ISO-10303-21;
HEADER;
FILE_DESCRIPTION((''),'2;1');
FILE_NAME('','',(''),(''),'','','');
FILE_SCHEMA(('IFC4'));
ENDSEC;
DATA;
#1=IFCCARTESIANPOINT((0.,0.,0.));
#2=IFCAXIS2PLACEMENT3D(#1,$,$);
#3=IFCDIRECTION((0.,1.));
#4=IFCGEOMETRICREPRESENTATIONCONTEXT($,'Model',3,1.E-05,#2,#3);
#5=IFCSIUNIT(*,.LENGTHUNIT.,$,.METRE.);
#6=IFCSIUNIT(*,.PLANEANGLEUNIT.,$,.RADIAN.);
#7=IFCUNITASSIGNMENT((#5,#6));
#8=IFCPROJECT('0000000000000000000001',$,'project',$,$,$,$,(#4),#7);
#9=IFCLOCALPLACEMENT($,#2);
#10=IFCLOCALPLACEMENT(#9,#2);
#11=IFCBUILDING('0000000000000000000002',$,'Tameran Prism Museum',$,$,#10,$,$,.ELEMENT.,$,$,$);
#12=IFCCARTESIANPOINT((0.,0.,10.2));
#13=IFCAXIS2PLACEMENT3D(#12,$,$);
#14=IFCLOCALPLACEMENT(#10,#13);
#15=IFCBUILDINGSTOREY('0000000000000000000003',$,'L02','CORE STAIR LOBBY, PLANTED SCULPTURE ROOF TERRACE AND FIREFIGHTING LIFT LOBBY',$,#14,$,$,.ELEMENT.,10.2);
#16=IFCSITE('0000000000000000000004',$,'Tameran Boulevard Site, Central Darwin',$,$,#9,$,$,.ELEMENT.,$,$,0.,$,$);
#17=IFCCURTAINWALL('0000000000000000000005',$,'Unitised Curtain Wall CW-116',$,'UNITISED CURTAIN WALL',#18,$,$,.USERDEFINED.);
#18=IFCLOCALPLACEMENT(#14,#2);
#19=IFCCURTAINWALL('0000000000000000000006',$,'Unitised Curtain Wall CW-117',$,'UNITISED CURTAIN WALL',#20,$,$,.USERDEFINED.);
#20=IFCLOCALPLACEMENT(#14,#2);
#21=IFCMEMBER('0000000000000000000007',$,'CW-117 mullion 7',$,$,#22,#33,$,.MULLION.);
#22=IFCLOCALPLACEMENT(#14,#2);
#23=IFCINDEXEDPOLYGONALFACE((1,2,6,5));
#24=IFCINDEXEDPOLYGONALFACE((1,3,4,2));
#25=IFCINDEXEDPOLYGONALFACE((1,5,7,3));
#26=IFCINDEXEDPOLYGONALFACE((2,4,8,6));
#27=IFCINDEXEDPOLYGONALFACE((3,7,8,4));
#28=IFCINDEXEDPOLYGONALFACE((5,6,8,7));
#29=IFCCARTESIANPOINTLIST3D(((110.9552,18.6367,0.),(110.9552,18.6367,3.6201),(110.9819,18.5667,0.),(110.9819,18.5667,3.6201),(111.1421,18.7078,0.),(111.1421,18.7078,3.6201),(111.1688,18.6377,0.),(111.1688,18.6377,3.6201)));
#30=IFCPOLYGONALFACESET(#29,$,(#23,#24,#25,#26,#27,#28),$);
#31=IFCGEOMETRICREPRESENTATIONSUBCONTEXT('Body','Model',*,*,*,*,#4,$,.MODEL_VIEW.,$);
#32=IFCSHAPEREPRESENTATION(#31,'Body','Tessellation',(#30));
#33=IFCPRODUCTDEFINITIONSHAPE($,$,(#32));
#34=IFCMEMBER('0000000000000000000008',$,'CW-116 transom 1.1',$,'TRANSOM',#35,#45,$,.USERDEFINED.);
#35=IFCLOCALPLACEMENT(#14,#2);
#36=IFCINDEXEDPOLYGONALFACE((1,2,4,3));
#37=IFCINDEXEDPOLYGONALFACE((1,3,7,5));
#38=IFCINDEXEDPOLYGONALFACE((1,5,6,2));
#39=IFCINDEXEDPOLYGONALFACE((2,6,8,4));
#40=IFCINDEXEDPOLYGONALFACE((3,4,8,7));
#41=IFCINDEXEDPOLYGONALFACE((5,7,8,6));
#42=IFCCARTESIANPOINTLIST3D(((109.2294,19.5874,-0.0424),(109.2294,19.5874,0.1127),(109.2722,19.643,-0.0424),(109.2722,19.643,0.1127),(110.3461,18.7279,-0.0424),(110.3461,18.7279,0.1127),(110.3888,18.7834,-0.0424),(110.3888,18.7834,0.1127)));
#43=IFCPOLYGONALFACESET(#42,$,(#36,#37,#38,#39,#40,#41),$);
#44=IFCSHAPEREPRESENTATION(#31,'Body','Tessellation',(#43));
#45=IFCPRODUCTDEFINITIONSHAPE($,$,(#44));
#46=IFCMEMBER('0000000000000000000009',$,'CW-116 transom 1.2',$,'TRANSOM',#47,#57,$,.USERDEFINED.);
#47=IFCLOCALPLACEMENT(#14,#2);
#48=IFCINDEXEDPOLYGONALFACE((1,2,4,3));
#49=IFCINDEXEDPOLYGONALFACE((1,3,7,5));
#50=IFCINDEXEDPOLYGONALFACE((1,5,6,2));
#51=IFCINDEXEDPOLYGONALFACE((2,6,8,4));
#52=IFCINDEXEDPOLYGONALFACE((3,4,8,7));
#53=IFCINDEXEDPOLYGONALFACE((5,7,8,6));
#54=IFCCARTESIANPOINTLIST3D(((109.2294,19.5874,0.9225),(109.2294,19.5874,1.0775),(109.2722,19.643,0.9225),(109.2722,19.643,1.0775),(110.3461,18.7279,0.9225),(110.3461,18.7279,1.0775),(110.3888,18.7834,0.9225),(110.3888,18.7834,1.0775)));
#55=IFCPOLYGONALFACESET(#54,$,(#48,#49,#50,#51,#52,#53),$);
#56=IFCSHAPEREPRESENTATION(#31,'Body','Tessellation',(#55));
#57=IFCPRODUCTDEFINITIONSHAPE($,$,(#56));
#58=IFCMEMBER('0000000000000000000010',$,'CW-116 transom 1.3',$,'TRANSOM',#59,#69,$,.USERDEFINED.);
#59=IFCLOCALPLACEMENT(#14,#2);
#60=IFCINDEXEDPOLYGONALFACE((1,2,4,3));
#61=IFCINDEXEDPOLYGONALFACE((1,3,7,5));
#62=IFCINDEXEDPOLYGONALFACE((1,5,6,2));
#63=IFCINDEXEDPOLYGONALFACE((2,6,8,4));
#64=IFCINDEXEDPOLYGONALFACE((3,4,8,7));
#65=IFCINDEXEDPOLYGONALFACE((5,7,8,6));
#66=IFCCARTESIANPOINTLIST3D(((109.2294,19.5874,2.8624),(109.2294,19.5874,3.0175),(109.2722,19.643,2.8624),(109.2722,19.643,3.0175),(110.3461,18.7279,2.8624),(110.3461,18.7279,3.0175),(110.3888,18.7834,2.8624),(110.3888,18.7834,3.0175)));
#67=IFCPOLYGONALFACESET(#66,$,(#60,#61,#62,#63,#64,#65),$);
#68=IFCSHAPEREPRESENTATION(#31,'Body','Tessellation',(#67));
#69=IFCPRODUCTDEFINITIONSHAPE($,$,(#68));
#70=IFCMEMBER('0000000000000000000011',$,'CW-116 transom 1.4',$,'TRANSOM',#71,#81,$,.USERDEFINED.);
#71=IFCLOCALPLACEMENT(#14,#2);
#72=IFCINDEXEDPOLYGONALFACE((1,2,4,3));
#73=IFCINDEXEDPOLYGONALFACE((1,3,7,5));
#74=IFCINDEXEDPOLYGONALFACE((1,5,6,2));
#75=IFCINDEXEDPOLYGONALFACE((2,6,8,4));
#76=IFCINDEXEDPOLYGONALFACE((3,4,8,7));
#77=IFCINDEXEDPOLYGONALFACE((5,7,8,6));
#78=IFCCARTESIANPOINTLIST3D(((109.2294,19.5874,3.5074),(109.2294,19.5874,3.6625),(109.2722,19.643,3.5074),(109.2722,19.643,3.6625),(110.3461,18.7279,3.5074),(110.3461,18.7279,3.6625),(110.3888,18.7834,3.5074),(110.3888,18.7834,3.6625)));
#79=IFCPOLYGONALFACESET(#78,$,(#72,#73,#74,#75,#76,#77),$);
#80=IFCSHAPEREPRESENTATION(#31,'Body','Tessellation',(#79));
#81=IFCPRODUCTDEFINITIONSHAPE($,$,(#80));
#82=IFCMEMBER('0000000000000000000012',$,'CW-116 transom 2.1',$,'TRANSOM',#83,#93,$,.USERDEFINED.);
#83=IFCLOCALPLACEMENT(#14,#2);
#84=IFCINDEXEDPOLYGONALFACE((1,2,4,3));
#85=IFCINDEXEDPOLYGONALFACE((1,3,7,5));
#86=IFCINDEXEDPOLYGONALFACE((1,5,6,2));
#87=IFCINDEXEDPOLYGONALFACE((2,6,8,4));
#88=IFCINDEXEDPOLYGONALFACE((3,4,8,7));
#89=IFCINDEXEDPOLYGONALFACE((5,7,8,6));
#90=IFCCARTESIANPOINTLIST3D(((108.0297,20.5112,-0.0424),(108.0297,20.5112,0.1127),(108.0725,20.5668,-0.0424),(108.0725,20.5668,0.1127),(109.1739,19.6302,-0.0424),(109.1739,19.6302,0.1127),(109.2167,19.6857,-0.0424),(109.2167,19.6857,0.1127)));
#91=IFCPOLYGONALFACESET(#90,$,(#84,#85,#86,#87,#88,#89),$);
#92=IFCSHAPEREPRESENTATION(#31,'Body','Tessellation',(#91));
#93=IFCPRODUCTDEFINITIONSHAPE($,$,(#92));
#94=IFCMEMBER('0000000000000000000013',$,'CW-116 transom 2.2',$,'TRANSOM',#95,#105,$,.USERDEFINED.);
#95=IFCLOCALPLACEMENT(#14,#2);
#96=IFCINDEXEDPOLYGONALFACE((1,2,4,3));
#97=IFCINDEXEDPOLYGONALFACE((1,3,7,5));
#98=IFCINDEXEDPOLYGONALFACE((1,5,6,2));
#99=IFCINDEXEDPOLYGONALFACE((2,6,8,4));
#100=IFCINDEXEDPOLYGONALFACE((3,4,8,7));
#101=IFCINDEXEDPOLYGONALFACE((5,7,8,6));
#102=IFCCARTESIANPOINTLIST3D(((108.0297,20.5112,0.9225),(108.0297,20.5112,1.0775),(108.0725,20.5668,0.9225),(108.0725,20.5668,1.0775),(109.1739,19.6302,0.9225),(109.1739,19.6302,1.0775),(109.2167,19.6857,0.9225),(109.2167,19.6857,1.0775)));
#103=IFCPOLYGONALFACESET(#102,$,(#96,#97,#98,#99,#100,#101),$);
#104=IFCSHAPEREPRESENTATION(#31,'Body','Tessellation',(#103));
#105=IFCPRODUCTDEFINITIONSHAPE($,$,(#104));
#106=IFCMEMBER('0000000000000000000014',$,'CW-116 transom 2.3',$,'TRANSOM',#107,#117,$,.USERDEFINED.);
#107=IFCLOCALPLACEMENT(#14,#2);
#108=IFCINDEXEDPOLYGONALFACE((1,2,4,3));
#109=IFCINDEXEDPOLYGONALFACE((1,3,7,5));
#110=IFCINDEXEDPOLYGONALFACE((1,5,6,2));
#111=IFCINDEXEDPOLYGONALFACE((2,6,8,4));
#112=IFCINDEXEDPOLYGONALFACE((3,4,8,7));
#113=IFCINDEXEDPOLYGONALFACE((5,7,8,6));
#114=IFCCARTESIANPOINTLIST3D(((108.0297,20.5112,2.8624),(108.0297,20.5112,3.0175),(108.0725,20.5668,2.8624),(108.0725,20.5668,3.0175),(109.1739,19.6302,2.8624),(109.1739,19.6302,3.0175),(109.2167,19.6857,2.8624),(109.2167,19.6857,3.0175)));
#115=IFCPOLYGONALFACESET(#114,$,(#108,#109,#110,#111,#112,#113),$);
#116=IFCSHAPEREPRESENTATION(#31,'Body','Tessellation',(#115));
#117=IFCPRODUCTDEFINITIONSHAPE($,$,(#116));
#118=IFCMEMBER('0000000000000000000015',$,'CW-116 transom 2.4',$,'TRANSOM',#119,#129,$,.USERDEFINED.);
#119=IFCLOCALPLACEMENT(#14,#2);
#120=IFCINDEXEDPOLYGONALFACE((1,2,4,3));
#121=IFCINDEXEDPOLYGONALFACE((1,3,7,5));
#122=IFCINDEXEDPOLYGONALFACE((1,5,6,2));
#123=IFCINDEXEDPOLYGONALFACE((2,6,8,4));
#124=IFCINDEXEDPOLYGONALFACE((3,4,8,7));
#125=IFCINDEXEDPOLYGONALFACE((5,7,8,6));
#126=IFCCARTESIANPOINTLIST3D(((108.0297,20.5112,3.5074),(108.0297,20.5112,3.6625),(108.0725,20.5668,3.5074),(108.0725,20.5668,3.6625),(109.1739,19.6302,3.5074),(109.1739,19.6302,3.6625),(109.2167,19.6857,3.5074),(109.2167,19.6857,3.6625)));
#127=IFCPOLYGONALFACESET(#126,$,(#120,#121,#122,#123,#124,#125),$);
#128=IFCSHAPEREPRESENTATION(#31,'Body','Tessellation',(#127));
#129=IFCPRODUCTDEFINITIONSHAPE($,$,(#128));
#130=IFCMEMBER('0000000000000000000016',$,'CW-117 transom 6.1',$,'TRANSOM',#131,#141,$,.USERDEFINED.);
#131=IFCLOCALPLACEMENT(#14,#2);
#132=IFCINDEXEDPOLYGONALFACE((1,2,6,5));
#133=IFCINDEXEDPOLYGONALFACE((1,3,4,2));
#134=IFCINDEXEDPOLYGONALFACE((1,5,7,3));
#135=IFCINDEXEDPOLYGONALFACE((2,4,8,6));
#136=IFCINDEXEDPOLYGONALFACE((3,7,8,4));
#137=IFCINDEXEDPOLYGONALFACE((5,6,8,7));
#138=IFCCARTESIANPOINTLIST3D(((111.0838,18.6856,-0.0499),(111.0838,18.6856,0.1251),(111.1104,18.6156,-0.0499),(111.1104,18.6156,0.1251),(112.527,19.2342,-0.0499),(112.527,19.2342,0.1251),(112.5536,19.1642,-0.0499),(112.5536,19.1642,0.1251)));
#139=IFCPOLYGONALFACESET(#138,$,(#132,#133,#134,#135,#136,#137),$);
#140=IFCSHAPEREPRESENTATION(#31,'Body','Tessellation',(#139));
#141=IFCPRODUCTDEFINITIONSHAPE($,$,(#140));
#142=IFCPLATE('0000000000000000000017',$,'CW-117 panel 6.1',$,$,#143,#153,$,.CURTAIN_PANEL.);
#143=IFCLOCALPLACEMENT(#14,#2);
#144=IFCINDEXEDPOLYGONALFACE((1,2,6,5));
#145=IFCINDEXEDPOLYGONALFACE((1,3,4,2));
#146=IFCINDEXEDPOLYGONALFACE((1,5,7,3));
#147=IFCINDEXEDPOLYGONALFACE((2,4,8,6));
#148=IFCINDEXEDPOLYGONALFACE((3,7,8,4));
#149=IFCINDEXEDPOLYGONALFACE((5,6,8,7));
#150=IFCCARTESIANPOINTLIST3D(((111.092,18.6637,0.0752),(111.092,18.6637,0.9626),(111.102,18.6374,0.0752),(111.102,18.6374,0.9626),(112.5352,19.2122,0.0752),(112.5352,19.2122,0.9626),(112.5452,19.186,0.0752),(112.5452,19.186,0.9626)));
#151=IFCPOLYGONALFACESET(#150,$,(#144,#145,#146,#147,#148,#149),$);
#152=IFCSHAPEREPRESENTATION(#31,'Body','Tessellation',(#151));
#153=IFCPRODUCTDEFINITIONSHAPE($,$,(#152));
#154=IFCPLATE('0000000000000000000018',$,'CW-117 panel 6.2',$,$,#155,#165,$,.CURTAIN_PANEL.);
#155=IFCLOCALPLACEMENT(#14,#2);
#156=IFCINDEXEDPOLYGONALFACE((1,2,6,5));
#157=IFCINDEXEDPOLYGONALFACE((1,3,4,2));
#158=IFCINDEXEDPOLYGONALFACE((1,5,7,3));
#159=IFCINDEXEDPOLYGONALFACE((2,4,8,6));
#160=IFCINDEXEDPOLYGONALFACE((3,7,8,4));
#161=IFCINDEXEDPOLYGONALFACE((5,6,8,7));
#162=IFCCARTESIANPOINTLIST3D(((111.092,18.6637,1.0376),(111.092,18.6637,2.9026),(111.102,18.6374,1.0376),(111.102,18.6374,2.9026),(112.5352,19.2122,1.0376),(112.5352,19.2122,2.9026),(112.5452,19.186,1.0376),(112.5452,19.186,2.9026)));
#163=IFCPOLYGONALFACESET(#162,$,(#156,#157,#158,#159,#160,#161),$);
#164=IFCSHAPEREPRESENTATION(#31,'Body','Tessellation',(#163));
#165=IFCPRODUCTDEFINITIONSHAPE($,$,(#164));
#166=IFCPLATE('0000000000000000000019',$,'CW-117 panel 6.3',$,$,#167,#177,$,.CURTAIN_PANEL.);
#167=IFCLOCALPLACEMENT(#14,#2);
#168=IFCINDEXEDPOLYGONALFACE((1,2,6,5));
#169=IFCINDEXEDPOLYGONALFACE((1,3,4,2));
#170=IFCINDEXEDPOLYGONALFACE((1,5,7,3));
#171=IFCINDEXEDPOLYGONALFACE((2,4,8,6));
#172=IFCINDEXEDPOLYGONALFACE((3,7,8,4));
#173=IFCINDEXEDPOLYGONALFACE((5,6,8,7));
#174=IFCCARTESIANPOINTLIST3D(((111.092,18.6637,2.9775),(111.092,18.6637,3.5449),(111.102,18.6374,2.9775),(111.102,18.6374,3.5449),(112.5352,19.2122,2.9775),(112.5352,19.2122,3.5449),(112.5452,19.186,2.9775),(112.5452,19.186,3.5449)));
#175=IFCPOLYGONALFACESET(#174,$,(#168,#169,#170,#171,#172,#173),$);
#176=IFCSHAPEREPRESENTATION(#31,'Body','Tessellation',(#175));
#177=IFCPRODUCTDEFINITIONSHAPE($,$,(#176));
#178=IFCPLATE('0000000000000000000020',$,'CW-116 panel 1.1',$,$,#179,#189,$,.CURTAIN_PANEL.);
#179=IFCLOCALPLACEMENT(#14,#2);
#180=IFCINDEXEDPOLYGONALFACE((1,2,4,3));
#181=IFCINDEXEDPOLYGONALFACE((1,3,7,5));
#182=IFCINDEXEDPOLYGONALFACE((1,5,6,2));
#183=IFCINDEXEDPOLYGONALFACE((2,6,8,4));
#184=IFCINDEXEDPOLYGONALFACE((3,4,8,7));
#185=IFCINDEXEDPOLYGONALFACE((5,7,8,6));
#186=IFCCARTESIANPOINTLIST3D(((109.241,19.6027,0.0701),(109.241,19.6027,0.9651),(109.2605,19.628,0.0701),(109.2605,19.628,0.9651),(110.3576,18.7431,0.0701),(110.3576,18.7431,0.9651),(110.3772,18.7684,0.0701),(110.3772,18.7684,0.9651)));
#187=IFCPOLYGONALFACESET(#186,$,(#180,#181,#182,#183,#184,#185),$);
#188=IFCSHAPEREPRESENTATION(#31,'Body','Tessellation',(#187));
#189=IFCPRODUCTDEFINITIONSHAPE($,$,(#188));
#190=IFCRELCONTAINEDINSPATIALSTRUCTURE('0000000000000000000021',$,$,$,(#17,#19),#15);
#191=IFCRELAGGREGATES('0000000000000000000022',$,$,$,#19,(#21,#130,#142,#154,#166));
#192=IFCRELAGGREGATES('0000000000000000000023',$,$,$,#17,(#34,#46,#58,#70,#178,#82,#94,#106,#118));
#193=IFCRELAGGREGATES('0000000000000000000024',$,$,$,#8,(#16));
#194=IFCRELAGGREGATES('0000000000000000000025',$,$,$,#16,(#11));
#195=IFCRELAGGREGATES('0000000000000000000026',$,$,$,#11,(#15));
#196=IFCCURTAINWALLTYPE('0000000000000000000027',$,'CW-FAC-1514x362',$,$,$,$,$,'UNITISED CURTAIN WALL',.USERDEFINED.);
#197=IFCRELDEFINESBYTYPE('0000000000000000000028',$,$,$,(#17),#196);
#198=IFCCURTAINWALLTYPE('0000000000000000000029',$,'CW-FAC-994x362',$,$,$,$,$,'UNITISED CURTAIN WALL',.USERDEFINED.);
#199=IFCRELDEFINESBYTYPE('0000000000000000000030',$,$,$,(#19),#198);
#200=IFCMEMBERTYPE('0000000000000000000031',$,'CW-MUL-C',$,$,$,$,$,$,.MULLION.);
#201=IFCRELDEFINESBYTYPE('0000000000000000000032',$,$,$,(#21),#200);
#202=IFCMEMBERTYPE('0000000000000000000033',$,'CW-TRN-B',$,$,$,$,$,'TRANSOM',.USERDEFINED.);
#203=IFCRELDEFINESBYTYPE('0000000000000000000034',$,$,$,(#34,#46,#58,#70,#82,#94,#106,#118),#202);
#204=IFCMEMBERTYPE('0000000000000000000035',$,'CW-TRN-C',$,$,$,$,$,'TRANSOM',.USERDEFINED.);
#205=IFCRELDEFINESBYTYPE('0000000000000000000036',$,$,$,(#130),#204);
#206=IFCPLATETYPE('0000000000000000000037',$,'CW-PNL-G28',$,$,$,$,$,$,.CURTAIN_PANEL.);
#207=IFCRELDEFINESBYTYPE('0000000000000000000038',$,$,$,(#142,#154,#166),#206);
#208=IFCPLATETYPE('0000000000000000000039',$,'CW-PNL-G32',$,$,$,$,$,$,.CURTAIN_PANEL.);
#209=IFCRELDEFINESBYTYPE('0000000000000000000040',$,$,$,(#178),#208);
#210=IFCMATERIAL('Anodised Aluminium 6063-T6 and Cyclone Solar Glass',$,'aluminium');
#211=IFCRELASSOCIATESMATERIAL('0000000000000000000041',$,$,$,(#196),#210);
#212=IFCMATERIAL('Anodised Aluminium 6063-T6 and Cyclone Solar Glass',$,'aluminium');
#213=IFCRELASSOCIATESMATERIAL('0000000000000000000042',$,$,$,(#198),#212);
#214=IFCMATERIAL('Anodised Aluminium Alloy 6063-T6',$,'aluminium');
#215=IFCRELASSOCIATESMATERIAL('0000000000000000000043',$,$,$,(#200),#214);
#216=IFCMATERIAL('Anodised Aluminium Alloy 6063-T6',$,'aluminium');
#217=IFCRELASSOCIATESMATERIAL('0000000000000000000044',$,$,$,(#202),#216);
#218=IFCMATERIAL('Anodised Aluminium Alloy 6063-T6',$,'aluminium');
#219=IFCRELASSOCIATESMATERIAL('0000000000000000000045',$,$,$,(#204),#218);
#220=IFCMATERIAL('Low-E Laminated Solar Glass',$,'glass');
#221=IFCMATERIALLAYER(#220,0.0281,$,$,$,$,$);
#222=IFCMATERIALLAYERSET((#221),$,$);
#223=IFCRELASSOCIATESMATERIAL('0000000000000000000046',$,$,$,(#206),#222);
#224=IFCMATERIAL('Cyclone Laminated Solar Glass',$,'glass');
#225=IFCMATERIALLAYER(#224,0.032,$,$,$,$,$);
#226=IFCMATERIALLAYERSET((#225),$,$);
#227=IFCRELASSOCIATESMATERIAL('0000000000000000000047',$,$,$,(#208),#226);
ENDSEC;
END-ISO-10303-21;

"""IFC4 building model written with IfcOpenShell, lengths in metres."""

from ifc_helpers import new_model, si_unit, direction, frame, origin, origin_2d, place, context, subcontext, project, spatial, rectangle, extrude, material, layer, layer_set, material_profile, profile_set, type_object, element, aggregate, save


model = new_model("IFC4")

# Units and contexts
model_context = context("Model", 3, precision=1e-05, world=origin(), true_north=direction((0.0, 1.0)))
body_context = subcontext(model_context, "Body", "Model", "MODEL_VIEW")
ifc_project = project(units=[si_unit("LENGTHUNIT", "METRE"), si_unit("PLANEANGLEUNIT", "RADIAN")], contexts=[model_context])

# Site, building, storey
site_placement = place(None, origin())
site = spatial("IfcSite", under=ifc_project, at=site_placement, Name="Tameran Boulevard Site, Central Darwin", CompositionType="ELEMENT", RefElevation=0.0)
building_placement = place(site_placement, origin())
building = spatial("IfcBuilding", under=site, at=building_placement, Name="Tameran Prism Museum", CompositionType="ELEMENT")
storey_placement = place(building_placement, frame((0.0, 0.0, 10.2)))
storey = spatial("IfcBuildingStorey", under=building, at=storey_placement, Name="L02", Description="CORE STAIR LOBBY, PLANTED SCULPTURE ROOF TERRACE AND FIREFIGHTING LIFT LOBBY", CompositionType="ELEMENT", Elevation=10.2)

# Curtain wall
ifc_material_1 = material(Name="Anodised Aluminium 6063-T6 and Cyclone Solar Glass", Category="aluminium")
curtain_wall_type_1 = type_object("IfcCurtainWallType", Name="CW-FAC-1514x362", ElementType="UNITISED CURTAIN WALL", PredefinedType="USERDEFINED", material=ifc_material_1)
curtain_wall_1_placement = place(storey_placement, origin())
curtain_wall_1 = element("IfcCurtainWall", 1, at=curtain_wall_1_placement, inside=storey, type_object=curtain_wall_type_1, Name="Unitised Curtain Wall CW-116", ObjectType="UNITISED CURTAIN WALL", PredefinedType="USERDEFINED")

# Curtain wall, member
ifc_material_2 = material(Name="Anodised Aluminium 6063-T6 and Cyclone Solar Glass", Category="aluminium")
curtain_wall_type_2 = type_object("IfcCurtainWallType", Name="CW-FAC-994x362", ElementType="UNITISED CURTAIN WALL", PredefinedType="USERDEFINED", material=ifc_material_2)
curtain_wall_2_placement = place(storey_placement, origin())
curtain_wall_2 = element("IfcCurtainWall", 2, at=curtain_wall_2_placement, inside=storey, type_object=curtain_wall_type_2, Name="Unitised Curtain Wall CW-117", ObjectType="UNITISED CURTAIN WALL", PredefinedType="USERDEFINED")
ifc_material_3 = material(Name="Anodised Aluminium Alloy 6063-T6", Category="aluminium")
ifc_material_profile_1 = material_profile(ifc_material_3, rectangle(XDim=0.075, YDim=0.2, at=origin_2d()))
ifc_profile_set_1 = profile_set([ifc_material_profile_1])
member_type_1 = type_object("IfcMemberType", Name="CW-MUL-C", PredefinedType="MULLION", material=ifc_profile_set_1)
member_1_placement = place(storey_placement, frame((111.062, 18.6372, 0.0), z_axis=(0.0, 0.0, 1.0), x_axis=(0.355288, -0.934757, 0.0)))
member_1 = element("IfcMember", 3, at=member_1_placement, type_object=member_type_1, Name="CW-117 mullion 7", PredefinedType="MULLION", context=body_context, shape_type="SweptSolid", body=[
    extrude(rectangle(XDim=0.075, YDim=0.2, at=origin_2d()), origin(), (0.0, 0.0, 1.0), 3.6201),
])

# Members
ifc_material_4 = material(Name="Anodised Aluminium Alloy 6063-T6", Category="aluminium")
ifc_material_profile_2 = material_profile(ifc_material_4, rectangle(XDim=0.0701, YDim=0.155, at=origin_2d()))
ifc_profile_set_2 = profile_set([ifc_material_profile_2])
member_type_2 = type_object("IfcMemberType", Name="CW-TRN-B", ElementType="TRANSOM", PredefinedType="USERDEFINED", material=ifc_profile_set_2)
member_2_placement = place(storey_placement, frame((110.3674, 18.7556, 0.0352), z_axis=(-0.792411, 0.609987, 0.0), x_axis=(-0.609987, -0.792411, 0.0)))
member_2 = element("IfcMember", 4, at=member_2_placement, type_object=member_type_2, Name="CW-116 transom 1.1", ObjectType="TRANSOM", PredefinedType="USERDEFINED", context=body_context, shape_type="SweptSolid", body=[
    extrude(rectangle(XDim=0.0701, YDim=0.155, at=origin_2d()), origin(), (0.0, 0.0, 1.0), 1.4092),
])
member_3_placement = place(storey_placement, frame((110.3674, 18.7556, 1.0), z_axis=(-0.792411, 0.609987, 0.0), x_axis=(-0.609987, -0.792411, 0.0)))
member_3 = element("IfcMember", 5, at=member_3_placement, type_object=member_type_2, Name="CW-116 transom 1.2", ObjectType="TRANSOM", PredefinedType="USERDEFINED", context=body_context, shape_type="SweptSolid", body=[
    extrude(rectangle(XDim=0.0701, YDim=0.155, at=origin_2d()), origin(), (0.0, 0.0, 1.0), 1.4092),
])
member_4_placement = place(storey_placement, frame((110.3674, 18.7556, 2.9399), z_axis=(-0.792411, 0.609987, 0.0), x_axis=(-0.609987, -0.792411, 0.0)))
member_4 = element("IfcMember", 6, at=member_4_placement, type_object=member_type_2, Name="CW-116 transom 1.3", ObjectType="TRANSOM", PredefinedType="USERDEFINED", context=body_context, shape_type="SweptSolid", body=[
    extrude(rectangle(XDim=0.0701, YDim=0.155, at=origin_2d()), origin(), (0.0, 0.0, 1.0), 1.4092),
])
member_5_placement = place(storey_placement, frame((110.3674, 18.7556, 3.585), z_axis=(-0.792411, 0.609987, 0.0), x_axis=(-0.609987, -0.792411, 0.0)))
member_5 = element("IfcMember", 7, at=member_5_placement, type_object=member_type_2, Name="CW-116 transom 1.4", ObjectType="TRANSOM", PredefinedType="USERDEFINED", context=body_context, shape_type="SweptSolid", body=[
    extrude(rectangle(XDim=0.0701, YDim=0.155, at=origin_2d()), origin(), (0.0, 0.0, 1.0), 1.4092),
])
member_6_placement = place(storey_placement, frame((109.1953, 19.658, 0.0352), z_axis=(-0.792329, 0.610095, 0.0), x_axis=(-0.610095, -0.792329, 0.0)))
member_6 = element("IfcMember", 8, at=member_6_placement, type_object=member_type_2, Name="CW-116 transom 2.1", ObjectType="TRANSOM", PredefinedType="USERDEFINED", context=body_context, shape_type="SweptSolid", body=[
    extrude(rectangle(XDim=0.0701, YDim=0.155, at=origin_2d()), origin(), (0.0, 0.0, 1.0), 1.4441),
])
member_7_placement = place(storey_placement, frame((109.1953, 19.658, 1.0), z_axis=(-0.792329, 0.610095, 0.0), x_axis=(-0.610095, -0.792329, 0.0)))
member_7 = element("IfcMember", 9, at=member_7_placement, type_object=member_type_2, Name="CW-116 transom 2.2", ObjectType="TRANSOM", PredefinedType="USERDEFINED", context=body_context, shape_type="SweptSolid", body=[
    extrude(rectangle(XDim=0.0701, YDim=0.155, at=origin_2d()), origin(), (0.0, 0.0, 1.0), 1.4441),
])
member_8_placement = place(storey_placement, frame((109.1953, 19.658, 2.9399), z_axis=(-0.792329, 0.610095, 0.0), x_axis=(-0.610095, -0.792329, 0.0)))
member_8 = element("IfcMember", 10, at=member_8_placement, type_object=member_type_2, Name="CW-116 transom 2.3", ObjectType="TRANSOM", PredefinedType="USERDEFINED", context=body_context, shape_type="SweptSolid", body=[
    extrude(rectangle(XDim=0.0701, YDim=0.155, at=origin_2d()), origin(), (0.0, 0.0, 1.0), 1.4441),
])
member_9_placement = place(storey_placement, frame((109.1953, 19.658, 3.585), z_axis=(-0.792329, 0.610095, 0.0), x_axis=(-0.610095, -0.792329, 0.0)))
member_9 = element("IfcMember", 11, at=member_9_placement, type_object=member_type_2, Name="CW-116 transom 2.4", ObjectType="TRANSOM", PredefinedType="USERDEFINED", context=body_context, shape_type="SweptSolid", body=[
    extrude(rectangle(XDim=0.0701, YDim=0.155, at=origin_2d()), origin(), (0.0, 0.0, 1.0), 1.4441),
])
ifc_material_5 = material(Name="Anodised Aluminium Alloy 6063-T6", Category="aluminium")
ifc_material_profile_3 = material_profile(ifc_material_5, rectangle(XDim=0.075, YDim=0.175, at=origin_2d()))
ifc_profile_set_3 = profile_set([ifc_material_profile_3])
member_type_3 = type_object("IfcMemberType", Name="CW-TRN-C", ElementType="TRANSOM", PredefinedType="USERDEFINED", material=ifc_profile_set_3)
member_10_placement = place(storey_placement, frame((112.5403, 19.1992, 0.0376), z_axis=(-0.934741, -0.355331, 0.0), x_axis=(0.355331, -0.934741, 0.0)))
member_10 = element("IfcMember", 12, at=member_10_placement, type_object=member_type_3, Name="CW-117 transom 6.1", ObjectType="TRANSOM", PredefinedType="USERDEFINED", context=body_context, shape_type="SweptSolid", body=[
    extrude(rectangle(XDim=0.075, YDim=0.175, at=origin_2d()), origin(), (0.0, 0.0, 1.0), 1.5439),
])

# Plates
ifc_material_6 = material(Name="Low-E Laminated Solar Glass", Category="glass")
ifc_layer_1 = layer(ifc_material_6, 0.0281)
ifc_layer_set_1 = layer_set([ifc_layer_1])
plate_type_1 = type_object("IfcPlateType", Name="CW-PNL-G28", PredefinedType="CURTAIN_PANEL", material=ifc_layer_set_1)
plate_1_placement = place(storey_placement, frame((111.8186, 18.9248, 0.0752), z_axis=(0.0, 0.0, 1.0), x_axis=(-0.934757, -0.355288, 0.0)))
plate_1 = element("IfcPlate", 13, at=plate_1_placement, type_object=plate_type_1, Name="CW-117 panel 6.1", PredefinedType="CURTAIN_PANEL", context=body_context, shape_type="SweptSolid", body=[
    extrude(rectangle(XDim=1.5439, YDim=0.0281, at=origin_2d()), origin(), (0.0, 0.0, 1.0), 0.8875),
])
plate_2_placement = place(storey_placement, frame((111.8186, 18.9248, 1.0376), z_axis=(0.0, 0.0, 1.0), x_axis=(-0.934757, -0.355288, 0.0)))
plate_2 = element("IfcPlate", 14, at=plate_2_placement, type_object=plate_type_1, Name="CW-117 panel 6.2", PredefinedType="CURTAIN_PANEL", context=body_context, shape_type="SweptSolid", body=[
    extrude(rectangle(XDim=1.5439, YDim=0.0281, at=origin_2d()), origin(), (0.0, 0.0, 1.0), 1.865),
])
plate_3_placement = place(storey_placement, frame((111.8186, 18.9248, 2.9775), z_axis=(0.0, 0.0, 1.0), x_axis=(-0.934757, -0.355288, 0.0)))
plate_3 = element("IfcPlate", 15, at=plate_3_placement, type_object=plate_type_1, Name="CW-117 panel 6.3", PredefinedType="CURTAIN_PANEL", context=body_context, shape_type="SweptSolid", body=[
    extrude(rectangle(XDim=1.5439, YDim=0.0281, at=origin_2d()), origin(), (0.0, 0.0, 1.0), 0.5674),
])
aggregate(curtain_wall_2, [member_1, member_10, plate_1, plate_2, plate_3])
ifc_material_7 = material(Name="Cyclone Laminated Solar Glass", Category="glass")
ifc_layer_2 = layer(ifc_material_7, 0.032)
ifc_layer_set_2 = layer_set([ifc_layer_2])
plate_type_2 = type_object("IfcPlateType", Name="CW-PNL-G32", PredefinedType="CURTAIN_PANEL", material=ifc_layer_set_2)
plate_4_placement = place(storey_placement, frame((109.8091, 19.1855, 0.0701), z_axis=(0.0, 0.0, 1.0), x_axis=(-0.792401, 0.610001, 0.0)))
plate_4 = element("IfcPlate", 16, at=plate_4_placement, type_object=plate_type_2, Name="CW-116 panel 1.1", PredefinedType="CURTAIN_PANEL", context=body_context, shape_type="SweptSolid", body=[
    extrude(rectangle(XDim=1.4092, YDim=0.032, at=origin_2d()), origin(), (0.0, 0.0, 1.0), 0.895),
])
aggregate(curtain_wall_1, [member_2, member_3, member_4, member_5, plate_4, member_6, member_7, member_8, member_9])

save(model, "model.ifc")
